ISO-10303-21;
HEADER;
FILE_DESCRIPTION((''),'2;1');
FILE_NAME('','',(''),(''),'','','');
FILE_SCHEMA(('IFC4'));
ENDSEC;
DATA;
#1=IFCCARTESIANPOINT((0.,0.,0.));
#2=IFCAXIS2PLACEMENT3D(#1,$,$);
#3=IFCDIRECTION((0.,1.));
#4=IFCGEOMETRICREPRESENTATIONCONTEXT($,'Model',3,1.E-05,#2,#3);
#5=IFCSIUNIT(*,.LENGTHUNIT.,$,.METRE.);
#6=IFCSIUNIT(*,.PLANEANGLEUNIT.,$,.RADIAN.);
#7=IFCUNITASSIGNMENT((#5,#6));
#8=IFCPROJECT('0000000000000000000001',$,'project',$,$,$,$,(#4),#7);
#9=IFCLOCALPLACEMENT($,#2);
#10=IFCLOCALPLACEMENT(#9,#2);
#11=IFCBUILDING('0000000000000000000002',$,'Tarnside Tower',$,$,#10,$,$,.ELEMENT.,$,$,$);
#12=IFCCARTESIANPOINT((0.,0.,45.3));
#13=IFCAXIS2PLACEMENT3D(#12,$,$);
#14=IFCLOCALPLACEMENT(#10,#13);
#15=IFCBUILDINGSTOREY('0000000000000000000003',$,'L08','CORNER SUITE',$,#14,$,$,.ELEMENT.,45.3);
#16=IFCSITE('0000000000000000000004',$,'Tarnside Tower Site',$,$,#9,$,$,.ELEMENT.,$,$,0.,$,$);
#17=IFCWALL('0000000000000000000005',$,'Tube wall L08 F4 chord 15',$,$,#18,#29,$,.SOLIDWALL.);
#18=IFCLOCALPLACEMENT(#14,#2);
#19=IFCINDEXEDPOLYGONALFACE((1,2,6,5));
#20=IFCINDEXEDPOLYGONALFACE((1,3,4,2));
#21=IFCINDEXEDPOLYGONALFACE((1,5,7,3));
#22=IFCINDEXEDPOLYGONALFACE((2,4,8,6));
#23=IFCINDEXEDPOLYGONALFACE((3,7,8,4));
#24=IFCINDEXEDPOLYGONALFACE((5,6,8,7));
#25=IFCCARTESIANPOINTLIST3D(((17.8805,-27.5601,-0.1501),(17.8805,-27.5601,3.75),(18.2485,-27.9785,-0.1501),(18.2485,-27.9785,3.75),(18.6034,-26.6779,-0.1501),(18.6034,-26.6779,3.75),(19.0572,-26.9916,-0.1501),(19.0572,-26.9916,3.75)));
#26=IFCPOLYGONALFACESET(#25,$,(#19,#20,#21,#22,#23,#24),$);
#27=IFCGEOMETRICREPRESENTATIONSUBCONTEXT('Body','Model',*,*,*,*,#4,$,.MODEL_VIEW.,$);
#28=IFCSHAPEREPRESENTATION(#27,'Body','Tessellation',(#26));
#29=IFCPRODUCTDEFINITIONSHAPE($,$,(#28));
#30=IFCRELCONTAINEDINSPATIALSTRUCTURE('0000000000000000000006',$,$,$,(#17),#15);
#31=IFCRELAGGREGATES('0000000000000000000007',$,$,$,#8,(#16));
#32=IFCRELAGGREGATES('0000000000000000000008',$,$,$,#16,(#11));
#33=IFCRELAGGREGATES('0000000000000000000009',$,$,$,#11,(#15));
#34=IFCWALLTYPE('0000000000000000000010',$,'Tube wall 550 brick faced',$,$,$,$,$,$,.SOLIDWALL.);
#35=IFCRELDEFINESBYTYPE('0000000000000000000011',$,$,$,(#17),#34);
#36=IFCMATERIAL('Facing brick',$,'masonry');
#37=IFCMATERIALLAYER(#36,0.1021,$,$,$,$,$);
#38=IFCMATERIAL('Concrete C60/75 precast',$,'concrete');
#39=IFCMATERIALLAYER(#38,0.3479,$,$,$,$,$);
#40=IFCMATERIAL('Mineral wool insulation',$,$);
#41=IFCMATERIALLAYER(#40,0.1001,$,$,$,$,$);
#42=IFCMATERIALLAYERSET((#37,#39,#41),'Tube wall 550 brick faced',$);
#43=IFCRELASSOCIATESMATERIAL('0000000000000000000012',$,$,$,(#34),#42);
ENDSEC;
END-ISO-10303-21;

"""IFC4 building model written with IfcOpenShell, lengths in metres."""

from ifc_helpers import new_model, si_unit, direction, frame, origin, place, context, subcontext, project, spatial, polyline, outline, extrude, material, layer, layer_set, type_object, element, save


model = new_model("IFC4")

# Units and contexts
model_context = context("Model", 3, precision=1e-05, world=origin(), true_north=direction((0.0, 1.0)))
body_context = subcontext(model_context, "Body", "Model", "MODEL_VIEW")
ifc_project = project(units=[si_unit("LENGTHUNIT", "METRE"), si_unit("PLANEANGLEUNIT", "RADIAN")], contexts=[model_context])

# Site, building, storey
site_placement = place(None, origin())
site = spatial("IfcSite", under=ifc_project, at=site_placement, Name="Tarnside Tower Site", CompositionType="ELEMENT", RefElevation=0.0)
building_placement = place(site_placement, origin())
building = spatial("IfcBuilding", under=site, at=building_placement, Name="Tarnside Tower", CompositionType="ELEMENT")
storey_placement = place(building_placement, frame((0.0, 0.0, 45.3)))
storey = spatial("IfcBuildingStorey", under=building, at=storey_placement, Name="L08", Description="CORNER SUITE", CompositionType="ELEMENT", Elevation=45.3)

# Wall
ifc_material_1 = material(Name="Facing brick", Category="masonry")
ifc_layer_1 = layer(ifc_material_1, 0.1021)
ifc_material_2 = material(Name="Concrete C60/75 precast", Category="concrete")
ifc_layer_2 = layer(ifc_material_2, 0.3479)
ifc_material_3 = material(Name="Mineral wool insulation")
ifc_layer_3 = layer(ifc_material_3, 0.1001)
ifc_layer_set_1 = layer_set([ifc_layer_1, ifc_layer_2, ifc_layer_3], Name="Tube wall 550 brick faced")
wall_type_1 = type_object("IfcWallType", Name="Tube wall 550 brick faced", PredefinedType="SOLIDWALL", material=ifc_layer_set_1)
wall_1_placement = place(storey_placement, frame((18.0645, -27.7693, -0.1501), z_axis=(0.0, 0.0, 1.0), x_axis=(0.633843, 0.773462, 0.0)))
element("IfcWall", 1, at=wall_1_placement, inside=storey, type_object=wall_type_1, Name="Tube wall L08 F4 chord 15", PredefinedType="SOLIDWALL", context=body_context, shape_type="SweptSolid", body=[
    extrude(outline(polyline([(-0.0452, -0.2749), (1.2307, -0.2749), (1.1858, 0.2749), (0.0452, 0.2749), (-0.0452, -0.2749)])), origin(), (0.0, 0.0, 1.0), 3.9001),
])

save(model, "model.ifc")
